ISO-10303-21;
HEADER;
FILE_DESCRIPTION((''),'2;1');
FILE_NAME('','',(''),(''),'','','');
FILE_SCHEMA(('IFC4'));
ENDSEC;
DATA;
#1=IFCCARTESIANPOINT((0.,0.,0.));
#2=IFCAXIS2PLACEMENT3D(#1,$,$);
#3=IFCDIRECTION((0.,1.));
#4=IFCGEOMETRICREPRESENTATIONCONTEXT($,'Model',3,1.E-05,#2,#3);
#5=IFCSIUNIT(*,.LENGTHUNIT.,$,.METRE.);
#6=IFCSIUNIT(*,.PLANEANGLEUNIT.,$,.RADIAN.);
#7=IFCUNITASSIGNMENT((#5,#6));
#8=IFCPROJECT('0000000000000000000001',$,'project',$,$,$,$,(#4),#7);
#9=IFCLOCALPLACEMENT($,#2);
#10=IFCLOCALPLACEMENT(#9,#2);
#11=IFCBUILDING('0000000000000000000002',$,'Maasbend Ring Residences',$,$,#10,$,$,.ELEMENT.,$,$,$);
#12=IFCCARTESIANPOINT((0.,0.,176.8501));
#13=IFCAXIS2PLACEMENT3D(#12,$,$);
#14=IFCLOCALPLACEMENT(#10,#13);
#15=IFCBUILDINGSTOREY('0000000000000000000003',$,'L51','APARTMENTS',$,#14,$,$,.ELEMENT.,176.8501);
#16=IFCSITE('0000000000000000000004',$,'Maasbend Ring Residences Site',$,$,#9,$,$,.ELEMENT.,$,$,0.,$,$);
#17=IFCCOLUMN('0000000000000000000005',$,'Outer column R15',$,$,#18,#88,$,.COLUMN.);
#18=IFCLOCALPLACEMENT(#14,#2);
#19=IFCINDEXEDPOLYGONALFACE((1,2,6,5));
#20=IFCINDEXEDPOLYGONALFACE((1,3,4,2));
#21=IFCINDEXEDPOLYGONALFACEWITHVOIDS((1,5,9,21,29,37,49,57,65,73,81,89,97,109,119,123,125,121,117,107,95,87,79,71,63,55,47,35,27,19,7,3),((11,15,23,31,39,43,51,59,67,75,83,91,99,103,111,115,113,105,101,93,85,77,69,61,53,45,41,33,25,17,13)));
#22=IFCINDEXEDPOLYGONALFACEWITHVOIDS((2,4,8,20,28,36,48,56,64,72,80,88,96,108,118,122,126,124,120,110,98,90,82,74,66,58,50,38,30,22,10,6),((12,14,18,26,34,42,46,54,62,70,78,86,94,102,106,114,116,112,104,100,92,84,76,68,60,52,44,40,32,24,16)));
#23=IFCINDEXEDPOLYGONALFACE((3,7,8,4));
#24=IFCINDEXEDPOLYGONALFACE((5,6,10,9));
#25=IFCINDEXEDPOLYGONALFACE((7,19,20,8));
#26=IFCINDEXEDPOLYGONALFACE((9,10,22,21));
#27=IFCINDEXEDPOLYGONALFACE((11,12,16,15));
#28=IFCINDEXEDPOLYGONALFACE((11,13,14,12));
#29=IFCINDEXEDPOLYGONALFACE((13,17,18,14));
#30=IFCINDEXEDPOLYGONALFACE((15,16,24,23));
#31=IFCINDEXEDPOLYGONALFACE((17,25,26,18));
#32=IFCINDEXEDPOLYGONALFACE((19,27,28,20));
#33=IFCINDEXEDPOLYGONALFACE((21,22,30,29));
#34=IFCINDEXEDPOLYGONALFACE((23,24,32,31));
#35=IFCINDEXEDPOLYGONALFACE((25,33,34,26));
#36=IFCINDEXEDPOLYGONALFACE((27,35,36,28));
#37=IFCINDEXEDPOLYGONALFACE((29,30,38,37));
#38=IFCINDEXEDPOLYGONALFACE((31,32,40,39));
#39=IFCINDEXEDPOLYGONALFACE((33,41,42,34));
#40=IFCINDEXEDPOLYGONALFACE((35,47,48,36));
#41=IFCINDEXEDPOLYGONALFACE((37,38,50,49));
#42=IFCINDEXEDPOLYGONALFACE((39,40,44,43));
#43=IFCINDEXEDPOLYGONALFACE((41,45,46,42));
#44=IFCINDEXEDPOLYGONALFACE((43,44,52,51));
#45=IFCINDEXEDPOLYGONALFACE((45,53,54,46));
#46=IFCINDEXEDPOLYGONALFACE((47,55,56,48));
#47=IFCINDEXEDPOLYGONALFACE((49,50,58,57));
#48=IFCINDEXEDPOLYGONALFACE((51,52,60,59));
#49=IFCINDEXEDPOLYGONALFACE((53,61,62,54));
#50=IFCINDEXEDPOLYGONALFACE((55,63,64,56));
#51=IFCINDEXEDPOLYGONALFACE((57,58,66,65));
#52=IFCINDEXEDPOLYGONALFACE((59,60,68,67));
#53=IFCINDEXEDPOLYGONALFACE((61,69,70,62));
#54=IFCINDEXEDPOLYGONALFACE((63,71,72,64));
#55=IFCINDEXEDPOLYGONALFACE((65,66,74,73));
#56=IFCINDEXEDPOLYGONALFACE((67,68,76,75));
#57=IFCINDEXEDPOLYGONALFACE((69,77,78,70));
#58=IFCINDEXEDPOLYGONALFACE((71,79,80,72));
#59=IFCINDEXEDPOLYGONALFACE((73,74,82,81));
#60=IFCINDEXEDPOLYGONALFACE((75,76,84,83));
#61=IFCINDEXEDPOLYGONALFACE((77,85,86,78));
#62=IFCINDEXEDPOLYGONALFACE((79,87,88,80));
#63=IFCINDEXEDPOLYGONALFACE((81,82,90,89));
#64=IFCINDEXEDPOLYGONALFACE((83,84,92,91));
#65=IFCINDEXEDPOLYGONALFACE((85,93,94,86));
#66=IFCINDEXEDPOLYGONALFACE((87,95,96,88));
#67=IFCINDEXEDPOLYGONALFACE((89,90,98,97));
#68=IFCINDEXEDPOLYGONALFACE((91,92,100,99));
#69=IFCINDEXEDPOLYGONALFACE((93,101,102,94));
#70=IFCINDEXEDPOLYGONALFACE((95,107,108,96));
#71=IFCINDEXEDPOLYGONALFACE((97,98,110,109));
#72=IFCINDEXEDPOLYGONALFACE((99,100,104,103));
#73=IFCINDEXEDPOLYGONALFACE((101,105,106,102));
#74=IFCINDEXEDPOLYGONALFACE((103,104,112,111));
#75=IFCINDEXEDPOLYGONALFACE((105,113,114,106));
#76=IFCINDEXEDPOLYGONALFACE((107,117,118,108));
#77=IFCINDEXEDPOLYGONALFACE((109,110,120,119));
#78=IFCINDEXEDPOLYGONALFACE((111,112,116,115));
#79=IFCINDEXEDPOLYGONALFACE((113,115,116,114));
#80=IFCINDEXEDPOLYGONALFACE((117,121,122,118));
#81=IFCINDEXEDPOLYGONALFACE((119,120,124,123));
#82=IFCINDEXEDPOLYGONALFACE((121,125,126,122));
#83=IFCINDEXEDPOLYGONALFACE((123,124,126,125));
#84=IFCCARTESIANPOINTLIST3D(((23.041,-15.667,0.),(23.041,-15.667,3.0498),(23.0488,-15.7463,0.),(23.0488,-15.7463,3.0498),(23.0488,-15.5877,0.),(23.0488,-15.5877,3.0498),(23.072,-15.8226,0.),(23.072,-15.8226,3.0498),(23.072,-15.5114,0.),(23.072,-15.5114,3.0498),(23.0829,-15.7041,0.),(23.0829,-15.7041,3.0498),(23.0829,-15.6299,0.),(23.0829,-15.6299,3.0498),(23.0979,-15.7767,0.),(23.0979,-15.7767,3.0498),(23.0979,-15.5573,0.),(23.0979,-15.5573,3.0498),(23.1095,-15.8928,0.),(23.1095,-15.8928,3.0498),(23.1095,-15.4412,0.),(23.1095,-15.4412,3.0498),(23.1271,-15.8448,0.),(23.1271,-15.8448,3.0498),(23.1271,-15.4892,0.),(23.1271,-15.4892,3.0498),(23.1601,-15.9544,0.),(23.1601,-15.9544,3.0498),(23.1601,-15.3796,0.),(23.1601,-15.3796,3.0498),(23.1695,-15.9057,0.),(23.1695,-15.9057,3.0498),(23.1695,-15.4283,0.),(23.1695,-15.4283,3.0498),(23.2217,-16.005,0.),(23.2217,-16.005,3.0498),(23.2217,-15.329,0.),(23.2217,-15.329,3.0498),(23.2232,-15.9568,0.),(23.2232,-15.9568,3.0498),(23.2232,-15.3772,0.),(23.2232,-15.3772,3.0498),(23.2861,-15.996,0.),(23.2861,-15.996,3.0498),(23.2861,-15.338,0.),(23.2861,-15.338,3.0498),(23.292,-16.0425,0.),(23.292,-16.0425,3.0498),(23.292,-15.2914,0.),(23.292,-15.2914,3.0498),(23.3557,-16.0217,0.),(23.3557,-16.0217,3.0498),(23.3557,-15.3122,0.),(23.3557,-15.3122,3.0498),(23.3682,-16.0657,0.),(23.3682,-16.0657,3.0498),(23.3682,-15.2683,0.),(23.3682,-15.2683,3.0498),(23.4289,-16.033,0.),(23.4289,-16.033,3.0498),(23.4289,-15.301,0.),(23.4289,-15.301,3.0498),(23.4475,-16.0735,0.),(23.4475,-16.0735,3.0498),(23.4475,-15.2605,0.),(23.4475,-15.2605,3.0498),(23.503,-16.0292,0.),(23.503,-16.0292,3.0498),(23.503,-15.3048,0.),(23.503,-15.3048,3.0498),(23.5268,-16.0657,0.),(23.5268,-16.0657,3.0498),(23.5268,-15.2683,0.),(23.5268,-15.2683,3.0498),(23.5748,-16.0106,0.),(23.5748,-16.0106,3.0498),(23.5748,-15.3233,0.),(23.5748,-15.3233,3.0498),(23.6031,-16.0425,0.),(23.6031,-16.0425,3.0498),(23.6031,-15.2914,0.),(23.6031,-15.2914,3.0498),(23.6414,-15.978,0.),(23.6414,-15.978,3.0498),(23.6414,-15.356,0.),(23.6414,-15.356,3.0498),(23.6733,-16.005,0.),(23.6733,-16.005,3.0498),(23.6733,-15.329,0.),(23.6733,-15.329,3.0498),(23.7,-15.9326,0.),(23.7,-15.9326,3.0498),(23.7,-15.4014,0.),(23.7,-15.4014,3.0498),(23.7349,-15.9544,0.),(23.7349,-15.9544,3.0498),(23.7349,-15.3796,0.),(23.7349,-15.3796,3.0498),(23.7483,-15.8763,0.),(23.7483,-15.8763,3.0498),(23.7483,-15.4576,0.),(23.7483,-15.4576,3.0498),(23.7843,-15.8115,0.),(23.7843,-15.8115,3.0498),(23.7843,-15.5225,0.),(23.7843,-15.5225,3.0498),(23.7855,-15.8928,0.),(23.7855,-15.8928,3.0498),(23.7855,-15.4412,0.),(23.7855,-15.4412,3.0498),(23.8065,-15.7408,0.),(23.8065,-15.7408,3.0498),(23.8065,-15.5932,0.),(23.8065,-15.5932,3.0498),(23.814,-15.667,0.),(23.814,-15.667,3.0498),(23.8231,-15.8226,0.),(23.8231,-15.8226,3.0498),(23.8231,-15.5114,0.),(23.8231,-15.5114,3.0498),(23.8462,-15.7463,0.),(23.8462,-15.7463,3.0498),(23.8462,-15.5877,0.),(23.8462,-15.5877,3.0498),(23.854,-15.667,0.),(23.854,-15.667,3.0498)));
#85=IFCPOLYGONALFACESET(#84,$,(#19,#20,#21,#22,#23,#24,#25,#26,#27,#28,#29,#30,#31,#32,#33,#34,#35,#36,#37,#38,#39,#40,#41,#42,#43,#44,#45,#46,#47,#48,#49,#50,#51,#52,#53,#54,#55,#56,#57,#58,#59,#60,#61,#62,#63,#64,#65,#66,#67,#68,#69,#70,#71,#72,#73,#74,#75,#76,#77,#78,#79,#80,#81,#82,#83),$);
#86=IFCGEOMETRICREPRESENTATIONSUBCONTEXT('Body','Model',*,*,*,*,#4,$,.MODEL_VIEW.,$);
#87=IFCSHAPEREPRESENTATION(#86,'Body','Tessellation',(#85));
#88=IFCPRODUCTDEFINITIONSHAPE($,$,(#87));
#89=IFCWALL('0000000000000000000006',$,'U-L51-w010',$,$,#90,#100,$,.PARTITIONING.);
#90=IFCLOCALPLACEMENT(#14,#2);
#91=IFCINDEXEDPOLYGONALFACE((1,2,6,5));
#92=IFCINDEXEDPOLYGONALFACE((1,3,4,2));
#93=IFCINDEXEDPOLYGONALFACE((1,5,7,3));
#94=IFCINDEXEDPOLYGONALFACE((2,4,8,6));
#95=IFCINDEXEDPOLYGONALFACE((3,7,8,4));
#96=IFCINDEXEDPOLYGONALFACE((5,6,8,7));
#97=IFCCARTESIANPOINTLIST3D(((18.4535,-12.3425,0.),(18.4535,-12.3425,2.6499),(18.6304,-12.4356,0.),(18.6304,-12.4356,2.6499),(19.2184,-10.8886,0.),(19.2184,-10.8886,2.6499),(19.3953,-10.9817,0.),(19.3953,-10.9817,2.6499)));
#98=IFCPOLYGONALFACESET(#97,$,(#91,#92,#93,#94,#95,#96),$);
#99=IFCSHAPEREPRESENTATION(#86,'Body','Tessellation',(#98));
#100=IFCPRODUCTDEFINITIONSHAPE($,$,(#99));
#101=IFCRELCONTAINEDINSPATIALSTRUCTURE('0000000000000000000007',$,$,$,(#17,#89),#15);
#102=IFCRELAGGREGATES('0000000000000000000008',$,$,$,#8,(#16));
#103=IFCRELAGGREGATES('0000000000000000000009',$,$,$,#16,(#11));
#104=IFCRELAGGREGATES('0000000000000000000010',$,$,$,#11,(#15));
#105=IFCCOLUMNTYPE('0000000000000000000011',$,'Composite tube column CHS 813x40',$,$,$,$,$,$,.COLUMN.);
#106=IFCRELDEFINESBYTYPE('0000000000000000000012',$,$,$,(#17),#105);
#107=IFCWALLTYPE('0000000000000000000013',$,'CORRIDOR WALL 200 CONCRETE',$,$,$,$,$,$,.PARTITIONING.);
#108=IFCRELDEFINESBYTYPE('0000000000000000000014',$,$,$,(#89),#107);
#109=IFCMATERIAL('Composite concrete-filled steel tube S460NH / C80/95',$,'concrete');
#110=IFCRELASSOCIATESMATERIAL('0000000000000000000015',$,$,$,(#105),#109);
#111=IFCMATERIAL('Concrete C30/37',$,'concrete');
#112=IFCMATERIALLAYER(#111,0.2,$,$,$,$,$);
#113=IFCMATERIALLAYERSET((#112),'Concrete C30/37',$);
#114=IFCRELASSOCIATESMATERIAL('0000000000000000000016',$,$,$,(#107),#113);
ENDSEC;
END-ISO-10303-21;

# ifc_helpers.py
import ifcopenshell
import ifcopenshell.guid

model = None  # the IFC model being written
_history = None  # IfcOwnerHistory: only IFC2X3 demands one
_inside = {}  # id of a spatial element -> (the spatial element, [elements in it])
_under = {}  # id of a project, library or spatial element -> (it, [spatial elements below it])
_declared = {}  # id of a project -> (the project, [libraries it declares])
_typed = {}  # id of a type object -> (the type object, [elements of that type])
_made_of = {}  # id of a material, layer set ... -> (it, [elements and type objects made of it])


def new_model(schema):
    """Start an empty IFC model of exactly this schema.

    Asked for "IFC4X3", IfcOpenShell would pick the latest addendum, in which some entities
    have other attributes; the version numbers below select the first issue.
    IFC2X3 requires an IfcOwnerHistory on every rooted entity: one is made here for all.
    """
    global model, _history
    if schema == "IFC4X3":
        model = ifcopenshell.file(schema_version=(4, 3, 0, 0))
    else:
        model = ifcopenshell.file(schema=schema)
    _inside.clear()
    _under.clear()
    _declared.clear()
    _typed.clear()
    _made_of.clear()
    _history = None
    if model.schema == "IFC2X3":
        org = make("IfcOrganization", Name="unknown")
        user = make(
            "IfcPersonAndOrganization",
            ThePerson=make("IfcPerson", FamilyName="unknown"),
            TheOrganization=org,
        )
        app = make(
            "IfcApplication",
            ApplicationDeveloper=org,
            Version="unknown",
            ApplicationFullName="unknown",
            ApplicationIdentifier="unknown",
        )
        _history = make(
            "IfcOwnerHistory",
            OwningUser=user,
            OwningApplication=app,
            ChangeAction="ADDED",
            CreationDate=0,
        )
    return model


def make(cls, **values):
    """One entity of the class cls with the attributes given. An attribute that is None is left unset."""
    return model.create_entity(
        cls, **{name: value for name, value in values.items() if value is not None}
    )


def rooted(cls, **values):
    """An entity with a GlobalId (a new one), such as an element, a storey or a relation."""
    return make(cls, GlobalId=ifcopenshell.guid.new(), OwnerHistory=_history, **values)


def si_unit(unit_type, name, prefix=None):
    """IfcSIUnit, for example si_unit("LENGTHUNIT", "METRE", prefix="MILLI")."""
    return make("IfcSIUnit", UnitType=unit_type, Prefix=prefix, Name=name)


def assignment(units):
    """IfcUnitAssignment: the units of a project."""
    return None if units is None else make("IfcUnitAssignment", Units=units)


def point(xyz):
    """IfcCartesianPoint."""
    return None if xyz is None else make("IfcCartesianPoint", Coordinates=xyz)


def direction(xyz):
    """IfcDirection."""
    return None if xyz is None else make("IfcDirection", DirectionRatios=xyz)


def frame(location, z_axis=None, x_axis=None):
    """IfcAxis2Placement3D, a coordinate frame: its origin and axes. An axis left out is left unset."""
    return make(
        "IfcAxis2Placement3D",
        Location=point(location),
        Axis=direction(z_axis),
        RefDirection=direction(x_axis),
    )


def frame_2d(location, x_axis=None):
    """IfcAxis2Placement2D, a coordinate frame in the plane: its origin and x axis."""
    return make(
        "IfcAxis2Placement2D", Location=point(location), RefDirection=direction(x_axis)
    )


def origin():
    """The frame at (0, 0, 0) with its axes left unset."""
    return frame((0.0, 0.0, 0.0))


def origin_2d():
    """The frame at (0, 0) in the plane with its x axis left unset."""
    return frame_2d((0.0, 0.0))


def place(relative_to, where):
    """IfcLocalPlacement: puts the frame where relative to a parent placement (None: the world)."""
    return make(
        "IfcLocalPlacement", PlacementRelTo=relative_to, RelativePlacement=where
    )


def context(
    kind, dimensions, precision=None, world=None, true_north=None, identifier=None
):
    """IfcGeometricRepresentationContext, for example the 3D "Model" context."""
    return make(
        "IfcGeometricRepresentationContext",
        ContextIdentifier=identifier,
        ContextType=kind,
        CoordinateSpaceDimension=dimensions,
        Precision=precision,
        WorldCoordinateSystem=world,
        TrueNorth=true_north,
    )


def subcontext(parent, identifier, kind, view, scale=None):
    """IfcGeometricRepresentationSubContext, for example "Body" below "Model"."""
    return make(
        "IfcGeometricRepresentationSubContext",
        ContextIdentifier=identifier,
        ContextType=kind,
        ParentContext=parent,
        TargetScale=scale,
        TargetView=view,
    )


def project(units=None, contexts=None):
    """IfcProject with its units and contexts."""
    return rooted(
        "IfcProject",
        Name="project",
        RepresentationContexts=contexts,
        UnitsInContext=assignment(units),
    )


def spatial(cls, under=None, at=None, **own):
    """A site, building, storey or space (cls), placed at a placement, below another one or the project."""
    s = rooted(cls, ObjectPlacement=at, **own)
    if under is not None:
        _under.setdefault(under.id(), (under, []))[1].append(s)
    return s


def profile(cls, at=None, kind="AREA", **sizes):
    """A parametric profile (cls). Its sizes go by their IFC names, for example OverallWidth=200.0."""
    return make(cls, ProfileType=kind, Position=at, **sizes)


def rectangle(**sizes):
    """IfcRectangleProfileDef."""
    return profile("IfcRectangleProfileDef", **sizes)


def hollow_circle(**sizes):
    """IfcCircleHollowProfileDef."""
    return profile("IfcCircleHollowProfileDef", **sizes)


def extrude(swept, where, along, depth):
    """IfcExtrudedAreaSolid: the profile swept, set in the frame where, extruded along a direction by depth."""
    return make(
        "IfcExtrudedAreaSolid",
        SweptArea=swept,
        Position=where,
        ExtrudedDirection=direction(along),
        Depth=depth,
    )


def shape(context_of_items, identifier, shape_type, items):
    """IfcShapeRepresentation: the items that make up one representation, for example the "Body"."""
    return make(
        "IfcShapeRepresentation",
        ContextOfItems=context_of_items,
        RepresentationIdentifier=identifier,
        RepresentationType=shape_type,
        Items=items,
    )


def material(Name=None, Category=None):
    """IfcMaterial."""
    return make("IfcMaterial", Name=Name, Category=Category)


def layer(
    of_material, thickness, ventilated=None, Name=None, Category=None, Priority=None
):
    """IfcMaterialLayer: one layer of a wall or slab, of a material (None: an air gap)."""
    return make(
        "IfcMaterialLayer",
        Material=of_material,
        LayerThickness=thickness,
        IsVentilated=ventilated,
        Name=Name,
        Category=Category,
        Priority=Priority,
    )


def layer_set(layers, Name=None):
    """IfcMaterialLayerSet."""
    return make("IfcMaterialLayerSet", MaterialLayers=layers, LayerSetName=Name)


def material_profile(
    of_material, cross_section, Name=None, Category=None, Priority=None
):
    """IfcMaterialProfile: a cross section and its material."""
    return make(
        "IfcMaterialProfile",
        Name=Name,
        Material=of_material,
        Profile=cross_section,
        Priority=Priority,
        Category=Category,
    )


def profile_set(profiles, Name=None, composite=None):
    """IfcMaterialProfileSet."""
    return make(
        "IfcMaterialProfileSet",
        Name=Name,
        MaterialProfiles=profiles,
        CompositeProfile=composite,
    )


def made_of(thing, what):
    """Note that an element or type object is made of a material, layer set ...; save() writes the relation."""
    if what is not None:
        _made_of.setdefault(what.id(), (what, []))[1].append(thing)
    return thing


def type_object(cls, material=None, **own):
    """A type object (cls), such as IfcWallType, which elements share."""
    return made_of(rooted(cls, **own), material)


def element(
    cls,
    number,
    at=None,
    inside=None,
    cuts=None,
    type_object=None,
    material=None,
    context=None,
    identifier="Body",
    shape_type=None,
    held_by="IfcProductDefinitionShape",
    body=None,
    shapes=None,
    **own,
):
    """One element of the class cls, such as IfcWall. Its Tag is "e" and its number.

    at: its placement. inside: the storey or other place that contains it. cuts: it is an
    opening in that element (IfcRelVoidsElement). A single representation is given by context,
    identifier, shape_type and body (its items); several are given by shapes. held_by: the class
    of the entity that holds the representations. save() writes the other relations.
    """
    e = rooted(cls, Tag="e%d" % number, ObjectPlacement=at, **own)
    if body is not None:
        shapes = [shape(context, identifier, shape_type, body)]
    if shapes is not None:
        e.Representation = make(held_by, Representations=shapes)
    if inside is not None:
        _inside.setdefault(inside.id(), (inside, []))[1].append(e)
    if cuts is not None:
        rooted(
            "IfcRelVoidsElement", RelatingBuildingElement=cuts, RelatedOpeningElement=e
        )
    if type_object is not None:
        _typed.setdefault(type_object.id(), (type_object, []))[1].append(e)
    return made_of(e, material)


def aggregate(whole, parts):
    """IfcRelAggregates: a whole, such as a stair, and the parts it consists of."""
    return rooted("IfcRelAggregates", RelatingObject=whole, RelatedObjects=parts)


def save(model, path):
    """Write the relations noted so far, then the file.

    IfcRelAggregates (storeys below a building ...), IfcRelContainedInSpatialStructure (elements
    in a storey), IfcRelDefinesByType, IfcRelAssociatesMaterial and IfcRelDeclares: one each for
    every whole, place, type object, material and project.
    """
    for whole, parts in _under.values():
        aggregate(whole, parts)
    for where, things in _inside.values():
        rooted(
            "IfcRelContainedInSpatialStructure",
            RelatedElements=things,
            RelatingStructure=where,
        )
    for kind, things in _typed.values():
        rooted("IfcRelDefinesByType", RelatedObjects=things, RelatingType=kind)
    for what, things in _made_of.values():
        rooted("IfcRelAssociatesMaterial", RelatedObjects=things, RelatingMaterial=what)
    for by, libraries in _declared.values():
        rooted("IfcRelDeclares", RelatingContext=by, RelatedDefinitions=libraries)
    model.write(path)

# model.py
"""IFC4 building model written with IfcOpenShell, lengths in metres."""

from ifc_helpers import new_model, si_unit, direction, frame, frame_2d, origin, origin_2d, place, context, subcontext, project, spatial, rectangle, hollow_circle, extrude, material, layer, layer_set, material_profile, profile_set, type_object, element, save


model = new_model("IFC4")

# Units and contexts
model_context = context("Model", 3, precision=1e-05, world=origin(), true_north=direction((0.0, 1.0)))
body_context = subcontext(model_context, "Body", "Model", "MODEL_VIEW")
ifc_project = project(units=[si_unit("LENGTHUNIT", "METRE"), si_unit("PLANEANGLEUNIT", "RADIAN")], contexts=[model_context])

# Site, building, storey
site_placement = place(None, origin())
site = spatial("IfcSite", under=ifc_project, at=site_placement, Name="Maasbend Ring Residences Site", CompositionType="ELEMENT", RefElevation=0.0)
building_placement = place(site_placement, origin())
building = spatial("IfcBuilding", under=site, at=building_placement, Name="Maasbend Ring Residences", CompositionType="ELEMENT")
storey_placement = place(building_placement, frame((0.0, 0.0, 176.8501)))
storey = spatial("IfcBuildingStorey", under=building, at=storey_placement, Name="L51", Description="APARTMENTS", CompositionType="ELEMENT", Elevation=176.8501)

# Column
ifc_material_1 = material(Name="Composite concrete-filled steel tube S460NH / C80/95", Category="concrete")
ifc_material_profile = material_profile(ifc_material_1, hollow_circle(Radius=0.4065, WallThickness=0.04, at=origin_2d()), Name="Composite tube column CHS 813x40")
ifc_profile_set = profile_set([ifc_material_profile], Name="Composite concrete-filled steel tube S460NH / C80/95")
column_type = type_object("IfcColumnType", Name="Composite tube column CHS 813x40", PredefinedType="COLUMN", material=ifc_profile_set)
column_placement = place(storey_placement, frame((23.4475, -15.667, 0.0), z_axis=(0.0, 0.0, 1.0), x_axis=(1.0, 0.0, 0.0)))
element("IfcColumn", 1, at=column_placement, inside=storey, type_object=column_type, Name="Outer column R15", PredefinedType="COLUMN", context=body_context, shape_type="SweptSolid", body=[
    extrude(hollow_circle(Radius=0.4065, WallThickness=0.04, at=origin_2d()), origin(), (0.0, 0.0, 1.0), 3.0498),
])

# Wall
ifc_material_2 = material(Name="Concrete C30/37", Category="concrete")
ifc_layer_1 = layer(ifc_material_2, 0.2)
ifc_layer_set_1 = layer_set([ifc_layer_1], Name="Concrete C30/37")
wall_type_1 = type_object("IfcWallType", Name="CORRIDOR WALL 200 CONCRETE", PredefinedType="PARTITIONING", material=ifc_layer_set_1)
wall_1_placement = place(storey_placement, frame((18.542, -12.3889, 0.0), z_axis=(0.0, 0.0, 1.0), x_axis=(0.465606, 0.884992, 0.0)))
element("IfcWall", 2, at=wall_1_placement, inside=storey, type_object=wall_type_1, Name="U-L51-w010", PredefinedType="PARTITIONING", context=body_context, shape_type="SweptSolid", body=[
    extrude(rectangle(XDim=1.6428, YDim=0.2, at=frame_2d((0.8213, 0.0))), origin(), (0.0, 0.0, 1.0), 2.6499),
])

save(model, "model.ifc")
